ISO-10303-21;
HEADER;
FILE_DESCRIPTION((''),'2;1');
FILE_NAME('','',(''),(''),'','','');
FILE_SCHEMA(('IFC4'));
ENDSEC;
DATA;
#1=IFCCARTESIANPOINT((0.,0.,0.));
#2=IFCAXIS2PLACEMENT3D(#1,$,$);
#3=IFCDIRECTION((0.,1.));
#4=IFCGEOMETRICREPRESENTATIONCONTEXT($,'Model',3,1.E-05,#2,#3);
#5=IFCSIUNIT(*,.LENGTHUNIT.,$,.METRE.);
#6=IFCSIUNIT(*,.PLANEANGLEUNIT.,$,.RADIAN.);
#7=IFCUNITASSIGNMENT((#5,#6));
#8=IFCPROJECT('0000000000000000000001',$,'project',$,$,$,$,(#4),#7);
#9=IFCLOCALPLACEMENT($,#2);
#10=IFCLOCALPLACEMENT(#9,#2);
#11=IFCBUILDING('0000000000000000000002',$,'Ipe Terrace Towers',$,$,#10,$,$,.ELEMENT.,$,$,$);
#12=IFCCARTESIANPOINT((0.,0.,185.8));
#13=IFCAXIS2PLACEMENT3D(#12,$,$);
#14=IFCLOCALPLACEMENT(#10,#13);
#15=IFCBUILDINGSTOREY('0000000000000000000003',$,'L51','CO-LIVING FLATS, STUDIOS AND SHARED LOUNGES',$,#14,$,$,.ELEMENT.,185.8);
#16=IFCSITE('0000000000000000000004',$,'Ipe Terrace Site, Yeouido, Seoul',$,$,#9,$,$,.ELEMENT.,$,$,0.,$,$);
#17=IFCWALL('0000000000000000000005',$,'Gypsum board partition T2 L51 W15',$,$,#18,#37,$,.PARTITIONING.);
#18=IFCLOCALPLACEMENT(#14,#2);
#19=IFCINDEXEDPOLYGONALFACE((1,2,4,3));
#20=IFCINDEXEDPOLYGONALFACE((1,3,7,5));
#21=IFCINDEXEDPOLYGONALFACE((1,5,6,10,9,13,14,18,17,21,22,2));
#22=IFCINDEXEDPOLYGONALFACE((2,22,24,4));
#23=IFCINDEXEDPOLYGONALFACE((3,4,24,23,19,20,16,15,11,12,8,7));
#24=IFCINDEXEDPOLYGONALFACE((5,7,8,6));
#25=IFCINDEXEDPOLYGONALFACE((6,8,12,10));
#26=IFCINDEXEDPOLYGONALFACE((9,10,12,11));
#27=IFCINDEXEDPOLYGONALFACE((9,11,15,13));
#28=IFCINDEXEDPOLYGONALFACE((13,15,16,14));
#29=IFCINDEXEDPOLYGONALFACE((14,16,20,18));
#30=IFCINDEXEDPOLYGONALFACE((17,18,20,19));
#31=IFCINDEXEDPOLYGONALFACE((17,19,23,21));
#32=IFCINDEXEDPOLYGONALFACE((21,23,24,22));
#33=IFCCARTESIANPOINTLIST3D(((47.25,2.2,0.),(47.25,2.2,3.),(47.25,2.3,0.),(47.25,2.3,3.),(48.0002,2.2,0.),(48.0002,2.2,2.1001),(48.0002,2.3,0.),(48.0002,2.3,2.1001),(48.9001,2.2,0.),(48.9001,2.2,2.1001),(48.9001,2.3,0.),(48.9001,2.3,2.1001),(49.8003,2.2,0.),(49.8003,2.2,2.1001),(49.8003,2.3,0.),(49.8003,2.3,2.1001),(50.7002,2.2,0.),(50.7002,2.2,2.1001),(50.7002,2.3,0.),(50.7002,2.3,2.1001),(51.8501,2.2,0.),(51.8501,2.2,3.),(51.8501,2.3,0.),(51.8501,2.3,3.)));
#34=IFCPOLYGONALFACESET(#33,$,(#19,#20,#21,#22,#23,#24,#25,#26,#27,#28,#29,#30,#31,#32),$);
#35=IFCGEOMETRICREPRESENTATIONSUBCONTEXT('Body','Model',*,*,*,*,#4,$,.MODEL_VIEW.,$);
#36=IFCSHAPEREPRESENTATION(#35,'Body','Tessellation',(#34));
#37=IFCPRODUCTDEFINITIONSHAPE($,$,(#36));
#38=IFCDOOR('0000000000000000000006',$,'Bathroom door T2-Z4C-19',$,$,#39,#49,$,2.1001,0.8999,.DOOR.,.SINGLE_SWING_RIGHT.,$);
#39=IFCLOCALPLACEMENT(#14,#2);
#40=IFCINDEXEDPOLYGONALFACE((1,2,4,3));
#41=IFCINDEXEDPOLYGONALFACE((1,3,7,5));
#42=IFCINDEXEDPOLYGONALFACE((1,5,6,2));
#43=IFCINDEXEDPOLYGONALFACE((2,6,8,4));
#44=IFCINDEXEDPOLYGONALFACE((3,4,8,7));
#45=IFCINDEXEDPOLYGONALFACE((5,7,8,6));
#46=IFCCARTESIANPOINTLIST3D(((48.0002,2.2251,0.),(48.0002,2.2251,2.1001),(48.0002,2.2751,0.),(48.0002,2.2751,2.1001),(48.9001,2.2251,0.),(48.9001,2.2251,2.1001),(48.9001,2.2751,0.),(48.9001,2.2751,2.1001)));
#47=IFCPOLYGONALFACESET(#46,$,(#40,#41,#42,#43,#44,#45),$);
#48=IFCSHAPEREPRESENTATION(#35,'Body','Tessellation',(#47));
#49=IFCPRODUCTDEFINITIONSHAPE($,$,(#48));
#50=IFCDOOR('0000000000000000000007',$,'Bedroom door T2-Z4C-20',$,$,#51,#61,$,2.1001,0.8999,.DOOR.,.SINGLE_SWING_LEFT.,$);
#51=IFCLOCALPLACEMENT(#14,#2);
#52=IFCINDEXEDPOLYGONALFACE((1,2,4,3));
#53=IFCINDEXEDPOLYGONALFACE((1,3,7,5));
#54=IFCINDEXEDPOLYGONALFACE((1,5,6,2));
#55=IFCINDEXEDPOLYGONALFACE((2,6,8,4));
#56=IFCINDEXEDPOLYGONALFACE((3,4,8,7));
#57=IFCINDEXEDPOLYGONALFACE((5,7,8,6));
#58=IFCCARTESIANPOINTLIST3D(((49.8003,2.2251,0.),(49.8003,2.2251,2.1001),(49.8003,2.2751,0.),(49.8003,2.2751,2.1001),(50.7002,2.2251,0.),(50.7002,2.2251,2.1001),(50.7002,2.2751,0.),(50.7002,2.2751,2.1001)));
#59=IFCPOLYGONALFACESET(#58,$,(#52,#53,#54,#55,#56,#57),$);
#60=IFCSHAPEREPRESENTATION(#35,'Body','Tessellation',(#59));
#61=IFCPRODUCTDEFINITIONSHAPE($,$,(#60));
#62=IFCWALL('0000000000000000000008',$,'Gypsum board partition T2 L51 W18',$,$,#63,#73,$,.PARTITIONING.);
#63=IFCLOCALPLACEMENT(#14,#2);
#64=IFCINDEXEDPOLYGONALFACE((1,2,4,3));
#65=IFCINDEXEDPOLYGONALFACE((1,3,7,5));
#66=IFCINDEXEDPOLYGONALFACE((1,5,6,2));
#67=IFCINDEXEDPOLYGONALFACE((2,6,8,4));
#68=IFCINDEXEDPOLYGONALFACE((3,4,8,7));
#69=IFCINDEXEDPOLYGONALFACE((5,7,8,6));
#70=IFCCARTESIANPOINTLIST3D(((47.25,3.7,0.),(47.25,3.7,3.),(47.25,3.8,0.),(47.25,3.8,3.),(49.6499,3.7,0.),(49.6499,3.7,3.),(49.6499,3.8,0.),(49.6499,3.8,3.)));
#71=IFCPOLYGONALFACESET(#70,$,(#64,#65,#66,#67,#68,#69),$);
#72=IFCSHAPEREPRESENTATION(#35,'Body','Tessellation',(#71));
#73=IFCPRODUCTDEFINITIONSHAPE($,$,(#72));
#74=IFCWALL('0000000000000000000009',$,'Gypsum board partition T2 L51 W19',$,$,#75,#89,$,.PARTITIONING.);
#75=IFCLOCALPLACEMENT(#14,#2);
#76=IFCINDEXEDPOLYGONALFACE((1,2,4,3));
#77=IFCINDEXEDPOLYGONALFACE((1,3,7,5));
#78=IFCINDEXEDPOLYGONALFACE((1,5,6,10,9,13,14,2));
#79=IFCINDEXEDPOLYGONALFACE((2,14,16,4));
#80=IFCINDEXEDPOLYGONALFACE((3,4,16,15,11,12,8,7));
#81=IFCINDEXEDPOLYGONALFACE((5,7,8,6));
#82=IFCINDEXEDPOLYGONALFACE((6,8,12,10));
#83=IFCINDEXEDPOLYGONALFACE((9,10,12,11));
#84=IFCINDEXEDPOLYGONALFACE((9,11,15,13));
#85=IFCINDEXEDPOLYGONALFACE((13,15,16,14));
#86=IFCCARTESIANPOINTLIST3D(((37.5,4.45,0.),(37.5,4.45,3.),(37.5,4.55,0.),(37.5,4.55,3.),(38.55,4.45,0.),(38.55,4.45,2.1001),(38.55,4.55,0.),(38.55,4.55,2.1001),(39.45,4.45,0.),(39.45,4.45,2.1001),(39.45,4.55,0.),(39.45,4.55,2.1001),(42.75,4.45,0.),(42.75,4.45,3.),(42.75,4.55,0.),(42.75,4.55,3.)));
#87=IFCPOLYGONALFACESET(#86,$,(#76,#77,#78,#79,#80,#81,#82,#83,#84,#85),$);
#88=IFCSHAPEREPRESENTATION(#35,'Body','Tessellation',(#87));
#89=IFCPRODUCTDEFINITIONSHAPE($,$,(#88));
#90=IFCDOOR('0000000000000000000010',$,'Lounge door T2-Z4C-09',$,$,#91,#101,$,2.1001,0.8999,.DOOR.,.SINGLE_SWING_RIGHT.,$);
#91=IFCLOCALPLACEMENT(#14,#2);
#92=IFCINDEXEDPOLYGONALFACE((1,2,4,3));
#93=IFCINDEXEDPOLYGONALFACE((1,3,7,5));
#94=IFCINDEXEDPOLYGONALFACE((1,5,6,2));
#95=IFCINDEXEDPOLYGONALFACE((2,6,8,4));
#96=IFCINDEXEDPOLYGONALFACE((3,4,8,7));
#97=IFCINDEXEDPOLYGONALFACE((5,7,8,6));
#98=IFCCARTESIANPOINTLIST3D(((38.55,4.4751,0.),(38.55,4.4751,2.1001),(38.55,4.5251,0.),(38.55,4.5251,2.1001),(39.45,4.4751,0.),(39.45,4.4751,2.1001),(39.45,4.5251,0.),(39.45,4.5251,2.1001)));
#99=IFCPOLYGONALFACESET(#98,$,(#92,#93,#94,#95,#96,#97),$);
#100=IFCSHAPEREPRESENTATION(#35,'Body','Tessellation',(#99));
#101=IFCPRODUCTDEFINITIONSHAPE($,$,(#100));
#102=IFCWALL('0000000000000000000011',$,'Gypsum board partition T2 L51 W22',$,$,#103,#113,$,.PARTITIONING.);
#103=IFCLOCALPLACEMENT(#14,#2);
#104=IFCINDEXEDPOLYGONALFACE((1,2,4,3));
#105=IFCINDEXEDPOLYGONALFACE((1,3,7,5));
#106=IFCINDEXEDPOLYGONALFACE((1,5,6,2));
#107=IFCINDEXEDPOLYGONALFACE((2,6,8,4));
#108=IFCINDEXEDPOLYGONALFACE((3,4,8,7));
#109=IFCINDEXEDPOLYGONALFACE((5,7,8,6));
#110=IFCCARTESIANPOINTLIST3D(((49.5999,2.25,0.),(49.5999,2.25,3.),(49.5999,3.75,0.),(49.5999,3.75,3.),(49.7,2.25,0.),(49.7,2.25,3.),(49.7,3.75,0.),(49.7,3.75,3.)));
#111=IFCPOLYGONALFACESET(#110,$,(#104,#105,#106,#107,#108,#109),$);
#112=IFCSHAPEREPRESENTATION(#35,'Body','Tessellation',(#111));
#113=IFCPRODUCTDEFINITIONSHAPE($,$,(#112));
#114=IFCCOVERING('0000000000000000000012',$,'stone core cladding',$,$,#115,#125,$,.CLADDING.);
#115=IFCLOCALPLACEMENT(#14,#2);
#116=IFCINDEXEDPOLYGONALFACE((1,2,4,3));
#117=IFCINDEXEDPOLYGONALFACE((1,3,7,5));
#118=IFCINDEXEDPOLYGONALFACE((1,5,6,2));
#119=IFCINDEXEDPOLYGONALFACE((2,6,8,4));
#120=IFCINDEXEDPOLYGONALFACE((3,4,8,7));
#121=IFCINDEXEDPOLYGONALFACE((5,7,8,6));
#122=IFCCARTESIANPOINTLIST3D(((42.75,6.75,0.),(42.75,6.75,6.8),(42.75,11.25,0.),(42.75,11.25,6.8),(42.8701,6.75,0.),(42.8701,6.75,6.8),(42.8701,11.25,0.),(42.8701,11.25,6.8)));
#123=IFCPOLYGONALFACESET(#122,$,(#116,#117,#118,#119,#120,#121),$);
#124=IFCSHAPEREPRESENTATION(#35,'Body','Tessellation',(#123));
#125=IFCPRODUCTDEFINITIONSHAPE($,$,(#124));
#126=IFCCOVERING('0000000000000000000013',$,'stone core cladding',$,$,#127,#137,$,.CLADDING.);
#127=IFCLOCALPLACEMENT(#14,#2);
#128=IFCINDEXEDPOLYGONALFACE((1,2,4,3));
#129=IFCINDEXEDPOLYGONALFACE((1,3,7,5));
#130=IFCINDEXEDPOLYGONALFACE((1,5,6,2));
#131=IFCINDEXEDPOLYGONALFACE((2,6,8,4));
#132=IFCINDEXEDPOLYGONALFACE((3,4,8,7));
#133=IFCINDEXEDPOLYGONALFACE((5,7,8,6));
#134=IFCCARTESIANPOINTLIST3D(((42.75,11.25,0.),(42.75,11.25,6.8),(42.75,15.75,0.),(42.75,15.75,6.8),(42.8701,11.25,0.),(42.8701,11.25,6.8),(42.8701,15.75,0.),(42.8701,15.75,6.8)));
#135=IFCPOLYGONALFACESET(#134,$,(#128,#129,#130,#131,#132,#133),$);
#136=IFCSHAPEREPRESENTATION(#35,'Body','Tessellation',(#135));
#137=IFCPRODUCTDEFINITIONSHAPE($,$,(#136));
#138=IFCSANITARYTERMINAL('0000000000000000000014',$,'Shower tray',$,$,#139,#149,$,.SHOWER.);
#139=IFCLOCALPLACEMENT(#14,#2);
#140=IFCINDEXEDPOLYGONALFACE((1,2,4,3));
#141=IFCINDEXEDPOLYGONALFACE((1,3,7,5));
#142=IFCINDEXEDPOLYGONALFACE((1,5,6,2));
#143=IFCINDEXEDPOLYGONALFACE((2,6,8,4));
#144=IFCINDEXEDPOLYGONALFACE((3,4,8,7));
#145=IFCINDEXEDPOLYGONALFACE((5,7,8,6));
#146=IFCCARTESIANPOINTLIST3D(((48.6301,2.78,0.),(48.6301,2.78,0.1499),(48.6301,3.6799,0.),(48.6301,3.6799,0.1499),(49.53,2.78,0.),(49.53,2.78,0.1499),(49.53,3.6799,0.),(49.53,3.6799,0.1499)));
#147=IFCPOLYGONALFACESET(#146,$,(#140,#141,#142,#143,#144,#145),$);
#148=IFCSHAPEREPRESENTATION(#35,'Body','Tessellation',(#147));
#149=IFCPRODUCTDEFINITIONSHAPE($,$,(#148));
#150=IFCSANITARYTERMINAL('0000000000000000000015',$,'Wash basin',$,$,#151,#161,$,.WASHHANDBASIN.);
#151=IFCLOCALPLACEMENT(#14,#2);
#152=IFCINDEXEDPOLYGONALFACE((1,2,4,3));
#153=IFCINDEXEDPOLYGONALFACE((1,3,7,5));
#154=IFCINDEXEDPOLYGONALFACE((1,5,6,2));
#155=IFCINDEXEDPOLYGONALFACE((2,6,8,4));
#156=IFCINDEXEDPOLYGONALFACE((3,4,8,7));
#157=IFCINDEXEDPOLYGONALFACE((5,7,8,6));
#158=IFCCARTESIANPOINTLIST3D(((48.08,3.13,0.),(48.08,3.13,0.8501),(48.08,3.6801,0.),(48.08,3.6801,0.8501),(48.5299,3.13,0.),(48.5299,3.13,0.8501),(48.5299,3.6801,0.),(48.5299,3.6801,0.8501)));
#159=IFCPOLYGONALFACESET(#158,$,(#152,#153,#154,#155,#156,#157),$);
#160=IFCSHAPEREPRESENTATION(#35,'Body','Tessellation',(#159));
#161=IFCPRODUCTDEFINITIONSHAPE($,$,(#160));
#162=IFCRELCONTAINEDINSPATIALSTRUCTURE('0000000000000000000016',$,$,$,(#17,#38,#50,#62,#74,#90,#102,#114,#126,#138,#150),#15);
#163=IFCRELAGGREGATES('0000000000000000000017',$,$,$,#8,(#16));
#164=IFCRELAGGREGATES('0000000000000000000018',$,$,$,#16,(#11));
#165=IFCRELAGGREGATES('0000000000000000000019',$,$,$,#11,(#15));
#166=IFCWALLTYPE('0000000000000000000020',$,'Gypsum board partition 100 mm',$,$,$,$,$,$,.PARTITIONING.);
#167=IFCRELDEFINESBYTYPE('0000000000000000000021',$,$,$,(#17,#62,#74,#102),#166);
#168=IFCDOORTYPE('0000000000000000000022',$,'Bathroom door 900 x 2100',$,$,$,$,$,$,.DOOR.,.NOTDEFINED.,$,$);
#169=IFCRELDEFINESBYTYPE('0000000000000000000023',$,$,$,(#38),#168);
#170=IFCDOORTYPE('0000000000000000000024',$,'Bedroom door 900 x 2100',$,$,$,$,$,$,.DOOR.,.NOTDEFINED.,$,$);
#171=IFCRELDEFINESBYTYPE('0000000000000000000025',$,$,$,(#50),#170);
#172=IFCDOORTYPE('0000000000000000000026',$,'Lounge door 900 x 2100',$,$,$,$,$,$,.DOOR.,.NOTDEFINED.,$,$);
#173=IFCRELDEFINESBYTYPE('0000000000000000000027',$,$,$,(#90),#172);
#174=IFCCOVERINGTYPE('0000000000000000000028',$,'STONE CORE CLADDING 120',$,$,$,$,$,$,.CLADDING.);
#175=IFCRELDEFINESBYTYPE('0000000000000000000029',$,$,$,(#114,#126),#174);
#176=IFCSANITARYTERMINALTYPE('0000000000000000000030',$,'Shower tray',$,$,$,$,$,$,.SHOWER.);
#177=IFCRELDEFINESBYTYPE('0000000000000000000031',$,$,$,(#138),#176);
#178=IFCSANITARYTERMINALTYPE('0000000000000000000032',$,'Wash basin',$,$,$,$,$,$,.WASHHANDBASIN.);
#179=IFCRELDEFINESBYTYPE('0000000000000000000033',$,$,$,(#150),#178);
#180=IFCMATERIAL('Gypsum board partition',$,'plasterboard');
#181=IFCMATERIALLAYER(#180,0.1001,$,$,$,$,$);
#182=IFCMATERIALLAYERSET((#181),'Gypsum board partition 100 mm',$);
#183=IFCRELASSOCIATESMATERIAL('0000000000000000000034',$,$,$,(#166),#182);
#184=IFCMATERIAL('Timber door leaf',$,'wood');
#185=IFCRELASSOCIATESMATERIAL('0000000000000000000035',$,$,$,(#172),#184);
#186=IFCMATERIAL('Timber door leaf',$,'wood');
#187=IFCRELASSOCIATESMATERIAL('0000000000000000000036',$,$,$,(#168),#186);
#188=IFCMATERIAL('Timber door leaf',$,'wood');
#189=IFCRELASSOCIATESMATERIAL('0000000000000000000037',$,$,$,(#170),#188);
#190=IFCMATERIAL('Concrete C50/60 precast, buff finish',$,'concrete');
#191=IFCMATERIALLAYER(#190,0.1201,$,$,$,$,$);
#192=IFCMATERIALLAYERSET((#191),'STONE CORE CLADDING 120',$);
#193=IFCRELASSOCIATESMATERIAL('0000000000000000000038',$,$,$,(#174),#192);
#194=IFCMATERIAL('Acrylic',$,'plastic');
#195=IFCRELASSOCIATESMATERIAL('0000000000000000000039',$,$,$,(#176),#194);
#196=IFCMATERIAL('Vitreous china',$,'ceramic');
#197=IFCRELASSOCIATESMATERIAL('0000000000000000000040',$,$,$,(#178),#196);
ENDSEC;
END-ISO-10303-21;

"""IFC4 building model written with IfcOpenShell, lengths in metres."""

from ifc_helpers import new_model, si_unit, direction, frame, frame_2d, origin, origin_2d, place, context, subcontext, project, spatial, rectangle, extrude, material, layer, layer_set, type_object, element, fill, save


model = new_model("IFC4")

# Units and contexts
model_context = context("Model", 3, precision=1e-05, world=origin(), true_north=direction((0.0, 1.0)))
body_context = subcontext(model_context, "Body", "Model", "MODEL_VIEW")
ifc_project = project(units=[si_unit("LENGTHUNIT", "METRE"), si_unit("PLANEANGLEUNIT", "RADIAN")], contexts=[model_context])

# Site, building, storey
site_placement = place(None, origin())
site = spatial("IfcSite", under=ifc_project, at=site_placement, Name="Ipe Terrace Site, Yeouido, Seoul", CompositionType="ELEMENT", RefElevation=0.0)
building_placement = place(site_placement, origin())
building = spatial("IfcBuilding", under=site, at=building_placement, Name="Ipe Terrace Towers", CompositionType="ELEMENT")
storey_placement = place(building_placement, frame((0.0, 0.0, 185.8)))
storey = spatial("IfcBuildingStorey", under=building, at=storey_placement, Name="L51", Description="CO-LIVING FLATS, STUDIOS AND SHARED LOUNGES", CompositionType="ELEMENT", Elevation=185.8)

# Shared definitions
ifc_material_1 = material(Name="Gypsum board partition", Category="plasterboard")
ifc_layer_1 = layer(ifc_material_1, 0.1001)
ifc_layer_set_1 = layer_set([ifc_layer_1], Name="Gypsum board partition 100 mm")
wall_type_1 = type_object("IfcWallType", Name="Gypsum board partition 100 mm", PredefinedType="PARTITIONING", material=ifc_layer_set_1)
ifc_material_2 = material(Name="Timber door leaf", Category="wood")
door_type_1 = type_object("IfcDoorType", Name="Lounge door 900 x 2100", OperationType="NOTDEFINED", PredefinedType="DOOR", material=ifc_material_2)

# Wall, openings, doors
wall_1_placement = place(storey_placement, frame((51.8501, 2.25, 0.0), z_axis=(0.0, 0.0, 1.0), x_axis=(-1.0, 0.0, 0.0)))
wall_1 = element("IfcWall", 1, at=wall_1_placement, inside=storey, type_object=wall_type_1, Name="Gypsum board partition T2 L51 W15", PredefinedType="PARTITIONING", context=body_context, shape_type="SweptSolid", body=[
    extrude(rectangle(XDim=4.6001, YDim=0.1001, at=frame_2d((2.3, 0.0))), origin(), (0.0, 0.0, 1.0), 3.0),
])
opening_1_placement = place(wall_1_placement, frame((2.95, 0.0, 0.0)))
opening_1 = element("IfcOpeningElement", 2, at=opening_1_placement, cuts=wall_1, PredefinedType="OPENING", context=body_context, shape_type="SweptSolid", body=[
    extrude(rectangle(XDim=0.8999, YDim=2.1001, at=frame_2d((0.45, 1.05))), frame((0.0, 0.0601, 0.0), z_axis=(0.0, -1.0, 0.0), x_axis=(1.0, 0.0, 0.0)), (0.0, 0.0, 1.0), 0.1201),
])
opening_2_placement = place(wall_1_placement, frame((1.1499, 0.0, 0.0)))
opening_2 = element("IfcOpeningElement", 3, at=opening_2_placement, cuts=wall_1, PredefinedType="OPENING", context=body_context, shape_type="SweptSolid", body=[
    extrude(rectangle(XDim=0.8999, YDim=2.1001, at=frame_2d((0.45, 1.05))), frame((0.0, 0.0601, 0.0), z_axis=(0.0, -1.0, 0.0), x_axis=(1.0, 0.0, 0.0)), (0.0, 0.0, 1.0), 0.1201),
])
ifc_material_3 = material(Name="Timber door leaf", Category="wood")
door_type_2 = type_object("IfcDoorType", Name="Bathroom door 900 x 2100", OperationType="NOTDEFINED", PredefinedType="DOOR", material=ifc_material_3)
door_1_placement = place(opening_1_placement, origin())
door_1 = element("IfcDoor", 4, at=door_1_placement, inside=storey, type_object=door_type_2, Name="Bathroom door T2-Z4C-19", OperationType="SINGLE_SWING_RIGHT", OverallHeight=2.1001, OverallWidth=0.8999, PredefinedType="DOOR", context=body_context, shape_type="SweptSolid", body=[
    extrude(rectangle(XDim=0.8999, YDim=2.1001, at=frame_2d((0.45, 1.05))), frame((0.0, 0.0249, 0.0), z_axis=(0.0, -1.0, 0.0), x_axis=(1.0, 0.0, 0.0)), (0.0, 0.0, 1.0), 0.05),
])
fill(opening_1, door_1)
ifc_material_4 = material(Name="Timber door leaf", Category="wood")
door_type_3 = type_object("IfcDoorType", Name="Bedroom door 900 x 2100", OperationType="NOTDEFINED", PredefinedType="DOOR", material=ifc_material_4)
door_2_placement = place(opening_2_placement, origin())
door_2 = element("IfcDoor", 5, at=door_2_placement, inside=storey, type_object=door_type_3, Name="Bedroom door T2-Z4C-20", OperationType="SINGLE_SWING_LEFT", OverallHeight=2.1001, OverallWidth=0.8999, PredefinedType="DOOR", context=body_context, shape_type="SweptSolid", body=[
    extrude(rectangle(XDim=0.8999, YDim=2.1001, at=frame_2d((0.45, 1.05))), frame((0.0, 0.0249, 0.0), z_axis=(0.0, -1.0, 0.0), x_axis=(1.0, 0.0, 0.0)), (0.0, 0.0, 1.0), 0.05),
])
fill(opening_2, door_2)

# Wall
wall_2_placement = place(storey_placement, frame((49.6499, 3.75, 0.0), z_axis=(0.0, 0.0, 1.0), x_axis=(-1.0, 0.0, 0.0)))
element("IfcWall", 6, at=wall_2_placement, inside=storey, type_object=wall_type_1, Name="Gypsum board partition T2 L51 W18", PredefinedType="PARTITIONING", context=body_context, shape_type="SweptSolid", body=[
    extrude(rectangle(XDim=2.3999, YDim=0.1001, at=frame_2d((1.2, 0.0))), origin(), (0.0, 0.0, 1.0), 3.0),
])

# Wall, opening, door
wall_3_placement = place(storey_placement, frame((42.75, 4.5, 0.0), z_axis=(0.0, 0.0, 1.0), x_axis=(-1.0, 0.0, 0.0)))
wall_3 = element("IfcWall", 7, at=wall_3_placement, inside=storey, type_object=wall_type_1, Name="Gypsum board partition T2 L51 W19", PredefinedType="PARTITIONING", context=body_context, shape_type="SweptSolid", body=[
    extrude(rectangle(XDim=5.25, YDim=0.1001, at=frame_2d((2.625, 0.0))), origin(), (0.0, 0.0, 1.0), 3.0),
])
opening_3_placement = place(wall_3_placement, frame((3.3, 0.0, 0.0)))
opening_3 = element("IfcOpeningElement", 8, at=opening_3_placement, cuts=wall_3, PredefinedType="OPENING", context=body_context, shape_type="SweptSolid", body=[
    extrude(rectangle(XDim=0.8999, YDim=2.1001, at=frame_2d((0.45, 1.05))), frame((0.0, 0.0601, 0.0), z_axis=(0.0, -1.0, 0.0), x_axis=(1.0, 0.0, 0.0)), (0.0, 0.0, 1.0), 0.1201),
])
door_3_placement = place(opening_3_placement, origin())
door_3 = element("IfcDoor", 9, at=door_3_placement, inside=storey, type_object=door_type_1, Name="Lounge door T2-Z4C-09", OperationType="SINGLE_SWING_RIGHT", OverallHeight=2.1001, OverallWidth=0.8999, PredefinedType="DOOR", context=body_context, shape_type="SweptSolid", body=[
    extrude(rectangle(XDim=0.8999, YDim=2.1001, at=frame_2d((0.45, 1.05))), frame((0.0, 0.0249, 0.0), z_axis=(0.0, -1.0, 0.0), x_axis=(1.0, 0.0, 0.0)), (0.0, 0.0, 1.0), 0.05),
])
fill(opening_3, door_3)

# Wall
wall_4_placement = place(storey_placement, frame((49.6499, 2.25, 0.0), z_axis=(0.0, 0.0, 1.0), x_axis=(0.0, 1.0, 0.0)))
element("IfcWall", 10, at=wall_4_placement, inside=storey, type_object=wall_type_1, Name="Gypsum board partition T2 L51 W22", PredefinedType="PARTITIONING", context=body_context, shape_type="SweptSolid", body=[
    extrude(rectangle(XDim=1.5, YDim=0.1001, at=frame_2d((0.75, 0.0))), origin(), (0.0, 0.0, 1.0), 3.0),
])

# Coverings
ifc_material_5 = material(Name="Concrete C50/60 precast, buff finish", Category="concrete")
ifc_layer_2 = layer(ifc_material_5, 0.1201)
ifc_layer_set_2 = layer_set([ifc_layer_2], Name="STONE CORE CLADDING 120")
covering_type = type_object("IfcCoveringType", Name="STONE CORE CLADDING 120", PredefinedType="CLADDING", material=ifc_layer_set_2)
for number, where, z_axis, x_axis, name in (
    (11, (42.8101, 9.0, 0.0), (0.0, 0.0, 1.0), (0.0, 1.0, 0.0), "stone core cladding"),
    (12, (42.8101, 13.5, 0.0), (0.0, 0.0, 1.0), (0.0, 1.0, 0.0), "stone core cladding"),
):
    element("IfcCovering", number, at=place(storey_placement, frame(where, z_axis=z_axis, x_axis=x_axis)), inside=storey, type_object=covering_type, Name=name, PredefinedType="CLADDING", context=body_context, shape_type="SweptSolid", body=[
        extrude(rectangle(XDim=4.5, YDim=0.1201, at=origin_2d()), origin(), (0.0, 0.0, 1.0), 6.8),
    ])

# Sanitary terminals
ifc_material_6 = material(Name="Acrylic", Category="plastic")
sanitary_terminal_type_1 = type_object("IfcSanitaryTerminalType", Name="Shower tray", PredefinedType="SHOWER", material=ifc_material_6)
sanitary_terminal_1_placement = place(storey_placement, frame((49.0801, 3.23, 0.0), z_axis=(0.0, 0.0, 1.0), x_axis=(0.0, -1.0, 0.0)))
element("IfcSanitaryTerminal", 13, at=sanitary_terminal_1_placement, inside=storey, type_object=sanitary_terminal_type_1, Name="Shower tray", PredefinedType="SHOWER", context=body_context, shape_type="SweptSolid", body=[
    extrude(rectangle(XDim=0.8999, YDim=0.8999, at=origin_2d()), origin(), (0.0, 0.0, 1.0), 0.1499),
])
ifc_material_7 = material(Name="Vitreous china", Category="ceramic")
sanitary_terminal_type_2 = type_object("IfcSanitaryTerminalType", Name="Wash basin", PredefinedType="WASHHANDBASIN", material=ifc_material_7)
sanitary_terminal_2_placement = place(storey_placement, frame((48.3049, 3.405, 0.0), z_axis=(0.0, 0.0, 1.0), x_axis=(0.0, -1.0, 0.0)))
element("IfcSanitaryTerminal", 14, at=sanitary_terminal_2_placement, inside=storey, type_object=sanitary_terminal_type_2, Name="Wash basin", PredefinedType="WASHHANDBASIN", context=body_context, shape_type="SweptSolid", body=[
    extrude(rectangle(XDim=0.55, YDim=0.45, at=origin_2d()), origin(), (0.0, 0.0, 1.0), 0.8501),
])

save(model, "model.ifc")
